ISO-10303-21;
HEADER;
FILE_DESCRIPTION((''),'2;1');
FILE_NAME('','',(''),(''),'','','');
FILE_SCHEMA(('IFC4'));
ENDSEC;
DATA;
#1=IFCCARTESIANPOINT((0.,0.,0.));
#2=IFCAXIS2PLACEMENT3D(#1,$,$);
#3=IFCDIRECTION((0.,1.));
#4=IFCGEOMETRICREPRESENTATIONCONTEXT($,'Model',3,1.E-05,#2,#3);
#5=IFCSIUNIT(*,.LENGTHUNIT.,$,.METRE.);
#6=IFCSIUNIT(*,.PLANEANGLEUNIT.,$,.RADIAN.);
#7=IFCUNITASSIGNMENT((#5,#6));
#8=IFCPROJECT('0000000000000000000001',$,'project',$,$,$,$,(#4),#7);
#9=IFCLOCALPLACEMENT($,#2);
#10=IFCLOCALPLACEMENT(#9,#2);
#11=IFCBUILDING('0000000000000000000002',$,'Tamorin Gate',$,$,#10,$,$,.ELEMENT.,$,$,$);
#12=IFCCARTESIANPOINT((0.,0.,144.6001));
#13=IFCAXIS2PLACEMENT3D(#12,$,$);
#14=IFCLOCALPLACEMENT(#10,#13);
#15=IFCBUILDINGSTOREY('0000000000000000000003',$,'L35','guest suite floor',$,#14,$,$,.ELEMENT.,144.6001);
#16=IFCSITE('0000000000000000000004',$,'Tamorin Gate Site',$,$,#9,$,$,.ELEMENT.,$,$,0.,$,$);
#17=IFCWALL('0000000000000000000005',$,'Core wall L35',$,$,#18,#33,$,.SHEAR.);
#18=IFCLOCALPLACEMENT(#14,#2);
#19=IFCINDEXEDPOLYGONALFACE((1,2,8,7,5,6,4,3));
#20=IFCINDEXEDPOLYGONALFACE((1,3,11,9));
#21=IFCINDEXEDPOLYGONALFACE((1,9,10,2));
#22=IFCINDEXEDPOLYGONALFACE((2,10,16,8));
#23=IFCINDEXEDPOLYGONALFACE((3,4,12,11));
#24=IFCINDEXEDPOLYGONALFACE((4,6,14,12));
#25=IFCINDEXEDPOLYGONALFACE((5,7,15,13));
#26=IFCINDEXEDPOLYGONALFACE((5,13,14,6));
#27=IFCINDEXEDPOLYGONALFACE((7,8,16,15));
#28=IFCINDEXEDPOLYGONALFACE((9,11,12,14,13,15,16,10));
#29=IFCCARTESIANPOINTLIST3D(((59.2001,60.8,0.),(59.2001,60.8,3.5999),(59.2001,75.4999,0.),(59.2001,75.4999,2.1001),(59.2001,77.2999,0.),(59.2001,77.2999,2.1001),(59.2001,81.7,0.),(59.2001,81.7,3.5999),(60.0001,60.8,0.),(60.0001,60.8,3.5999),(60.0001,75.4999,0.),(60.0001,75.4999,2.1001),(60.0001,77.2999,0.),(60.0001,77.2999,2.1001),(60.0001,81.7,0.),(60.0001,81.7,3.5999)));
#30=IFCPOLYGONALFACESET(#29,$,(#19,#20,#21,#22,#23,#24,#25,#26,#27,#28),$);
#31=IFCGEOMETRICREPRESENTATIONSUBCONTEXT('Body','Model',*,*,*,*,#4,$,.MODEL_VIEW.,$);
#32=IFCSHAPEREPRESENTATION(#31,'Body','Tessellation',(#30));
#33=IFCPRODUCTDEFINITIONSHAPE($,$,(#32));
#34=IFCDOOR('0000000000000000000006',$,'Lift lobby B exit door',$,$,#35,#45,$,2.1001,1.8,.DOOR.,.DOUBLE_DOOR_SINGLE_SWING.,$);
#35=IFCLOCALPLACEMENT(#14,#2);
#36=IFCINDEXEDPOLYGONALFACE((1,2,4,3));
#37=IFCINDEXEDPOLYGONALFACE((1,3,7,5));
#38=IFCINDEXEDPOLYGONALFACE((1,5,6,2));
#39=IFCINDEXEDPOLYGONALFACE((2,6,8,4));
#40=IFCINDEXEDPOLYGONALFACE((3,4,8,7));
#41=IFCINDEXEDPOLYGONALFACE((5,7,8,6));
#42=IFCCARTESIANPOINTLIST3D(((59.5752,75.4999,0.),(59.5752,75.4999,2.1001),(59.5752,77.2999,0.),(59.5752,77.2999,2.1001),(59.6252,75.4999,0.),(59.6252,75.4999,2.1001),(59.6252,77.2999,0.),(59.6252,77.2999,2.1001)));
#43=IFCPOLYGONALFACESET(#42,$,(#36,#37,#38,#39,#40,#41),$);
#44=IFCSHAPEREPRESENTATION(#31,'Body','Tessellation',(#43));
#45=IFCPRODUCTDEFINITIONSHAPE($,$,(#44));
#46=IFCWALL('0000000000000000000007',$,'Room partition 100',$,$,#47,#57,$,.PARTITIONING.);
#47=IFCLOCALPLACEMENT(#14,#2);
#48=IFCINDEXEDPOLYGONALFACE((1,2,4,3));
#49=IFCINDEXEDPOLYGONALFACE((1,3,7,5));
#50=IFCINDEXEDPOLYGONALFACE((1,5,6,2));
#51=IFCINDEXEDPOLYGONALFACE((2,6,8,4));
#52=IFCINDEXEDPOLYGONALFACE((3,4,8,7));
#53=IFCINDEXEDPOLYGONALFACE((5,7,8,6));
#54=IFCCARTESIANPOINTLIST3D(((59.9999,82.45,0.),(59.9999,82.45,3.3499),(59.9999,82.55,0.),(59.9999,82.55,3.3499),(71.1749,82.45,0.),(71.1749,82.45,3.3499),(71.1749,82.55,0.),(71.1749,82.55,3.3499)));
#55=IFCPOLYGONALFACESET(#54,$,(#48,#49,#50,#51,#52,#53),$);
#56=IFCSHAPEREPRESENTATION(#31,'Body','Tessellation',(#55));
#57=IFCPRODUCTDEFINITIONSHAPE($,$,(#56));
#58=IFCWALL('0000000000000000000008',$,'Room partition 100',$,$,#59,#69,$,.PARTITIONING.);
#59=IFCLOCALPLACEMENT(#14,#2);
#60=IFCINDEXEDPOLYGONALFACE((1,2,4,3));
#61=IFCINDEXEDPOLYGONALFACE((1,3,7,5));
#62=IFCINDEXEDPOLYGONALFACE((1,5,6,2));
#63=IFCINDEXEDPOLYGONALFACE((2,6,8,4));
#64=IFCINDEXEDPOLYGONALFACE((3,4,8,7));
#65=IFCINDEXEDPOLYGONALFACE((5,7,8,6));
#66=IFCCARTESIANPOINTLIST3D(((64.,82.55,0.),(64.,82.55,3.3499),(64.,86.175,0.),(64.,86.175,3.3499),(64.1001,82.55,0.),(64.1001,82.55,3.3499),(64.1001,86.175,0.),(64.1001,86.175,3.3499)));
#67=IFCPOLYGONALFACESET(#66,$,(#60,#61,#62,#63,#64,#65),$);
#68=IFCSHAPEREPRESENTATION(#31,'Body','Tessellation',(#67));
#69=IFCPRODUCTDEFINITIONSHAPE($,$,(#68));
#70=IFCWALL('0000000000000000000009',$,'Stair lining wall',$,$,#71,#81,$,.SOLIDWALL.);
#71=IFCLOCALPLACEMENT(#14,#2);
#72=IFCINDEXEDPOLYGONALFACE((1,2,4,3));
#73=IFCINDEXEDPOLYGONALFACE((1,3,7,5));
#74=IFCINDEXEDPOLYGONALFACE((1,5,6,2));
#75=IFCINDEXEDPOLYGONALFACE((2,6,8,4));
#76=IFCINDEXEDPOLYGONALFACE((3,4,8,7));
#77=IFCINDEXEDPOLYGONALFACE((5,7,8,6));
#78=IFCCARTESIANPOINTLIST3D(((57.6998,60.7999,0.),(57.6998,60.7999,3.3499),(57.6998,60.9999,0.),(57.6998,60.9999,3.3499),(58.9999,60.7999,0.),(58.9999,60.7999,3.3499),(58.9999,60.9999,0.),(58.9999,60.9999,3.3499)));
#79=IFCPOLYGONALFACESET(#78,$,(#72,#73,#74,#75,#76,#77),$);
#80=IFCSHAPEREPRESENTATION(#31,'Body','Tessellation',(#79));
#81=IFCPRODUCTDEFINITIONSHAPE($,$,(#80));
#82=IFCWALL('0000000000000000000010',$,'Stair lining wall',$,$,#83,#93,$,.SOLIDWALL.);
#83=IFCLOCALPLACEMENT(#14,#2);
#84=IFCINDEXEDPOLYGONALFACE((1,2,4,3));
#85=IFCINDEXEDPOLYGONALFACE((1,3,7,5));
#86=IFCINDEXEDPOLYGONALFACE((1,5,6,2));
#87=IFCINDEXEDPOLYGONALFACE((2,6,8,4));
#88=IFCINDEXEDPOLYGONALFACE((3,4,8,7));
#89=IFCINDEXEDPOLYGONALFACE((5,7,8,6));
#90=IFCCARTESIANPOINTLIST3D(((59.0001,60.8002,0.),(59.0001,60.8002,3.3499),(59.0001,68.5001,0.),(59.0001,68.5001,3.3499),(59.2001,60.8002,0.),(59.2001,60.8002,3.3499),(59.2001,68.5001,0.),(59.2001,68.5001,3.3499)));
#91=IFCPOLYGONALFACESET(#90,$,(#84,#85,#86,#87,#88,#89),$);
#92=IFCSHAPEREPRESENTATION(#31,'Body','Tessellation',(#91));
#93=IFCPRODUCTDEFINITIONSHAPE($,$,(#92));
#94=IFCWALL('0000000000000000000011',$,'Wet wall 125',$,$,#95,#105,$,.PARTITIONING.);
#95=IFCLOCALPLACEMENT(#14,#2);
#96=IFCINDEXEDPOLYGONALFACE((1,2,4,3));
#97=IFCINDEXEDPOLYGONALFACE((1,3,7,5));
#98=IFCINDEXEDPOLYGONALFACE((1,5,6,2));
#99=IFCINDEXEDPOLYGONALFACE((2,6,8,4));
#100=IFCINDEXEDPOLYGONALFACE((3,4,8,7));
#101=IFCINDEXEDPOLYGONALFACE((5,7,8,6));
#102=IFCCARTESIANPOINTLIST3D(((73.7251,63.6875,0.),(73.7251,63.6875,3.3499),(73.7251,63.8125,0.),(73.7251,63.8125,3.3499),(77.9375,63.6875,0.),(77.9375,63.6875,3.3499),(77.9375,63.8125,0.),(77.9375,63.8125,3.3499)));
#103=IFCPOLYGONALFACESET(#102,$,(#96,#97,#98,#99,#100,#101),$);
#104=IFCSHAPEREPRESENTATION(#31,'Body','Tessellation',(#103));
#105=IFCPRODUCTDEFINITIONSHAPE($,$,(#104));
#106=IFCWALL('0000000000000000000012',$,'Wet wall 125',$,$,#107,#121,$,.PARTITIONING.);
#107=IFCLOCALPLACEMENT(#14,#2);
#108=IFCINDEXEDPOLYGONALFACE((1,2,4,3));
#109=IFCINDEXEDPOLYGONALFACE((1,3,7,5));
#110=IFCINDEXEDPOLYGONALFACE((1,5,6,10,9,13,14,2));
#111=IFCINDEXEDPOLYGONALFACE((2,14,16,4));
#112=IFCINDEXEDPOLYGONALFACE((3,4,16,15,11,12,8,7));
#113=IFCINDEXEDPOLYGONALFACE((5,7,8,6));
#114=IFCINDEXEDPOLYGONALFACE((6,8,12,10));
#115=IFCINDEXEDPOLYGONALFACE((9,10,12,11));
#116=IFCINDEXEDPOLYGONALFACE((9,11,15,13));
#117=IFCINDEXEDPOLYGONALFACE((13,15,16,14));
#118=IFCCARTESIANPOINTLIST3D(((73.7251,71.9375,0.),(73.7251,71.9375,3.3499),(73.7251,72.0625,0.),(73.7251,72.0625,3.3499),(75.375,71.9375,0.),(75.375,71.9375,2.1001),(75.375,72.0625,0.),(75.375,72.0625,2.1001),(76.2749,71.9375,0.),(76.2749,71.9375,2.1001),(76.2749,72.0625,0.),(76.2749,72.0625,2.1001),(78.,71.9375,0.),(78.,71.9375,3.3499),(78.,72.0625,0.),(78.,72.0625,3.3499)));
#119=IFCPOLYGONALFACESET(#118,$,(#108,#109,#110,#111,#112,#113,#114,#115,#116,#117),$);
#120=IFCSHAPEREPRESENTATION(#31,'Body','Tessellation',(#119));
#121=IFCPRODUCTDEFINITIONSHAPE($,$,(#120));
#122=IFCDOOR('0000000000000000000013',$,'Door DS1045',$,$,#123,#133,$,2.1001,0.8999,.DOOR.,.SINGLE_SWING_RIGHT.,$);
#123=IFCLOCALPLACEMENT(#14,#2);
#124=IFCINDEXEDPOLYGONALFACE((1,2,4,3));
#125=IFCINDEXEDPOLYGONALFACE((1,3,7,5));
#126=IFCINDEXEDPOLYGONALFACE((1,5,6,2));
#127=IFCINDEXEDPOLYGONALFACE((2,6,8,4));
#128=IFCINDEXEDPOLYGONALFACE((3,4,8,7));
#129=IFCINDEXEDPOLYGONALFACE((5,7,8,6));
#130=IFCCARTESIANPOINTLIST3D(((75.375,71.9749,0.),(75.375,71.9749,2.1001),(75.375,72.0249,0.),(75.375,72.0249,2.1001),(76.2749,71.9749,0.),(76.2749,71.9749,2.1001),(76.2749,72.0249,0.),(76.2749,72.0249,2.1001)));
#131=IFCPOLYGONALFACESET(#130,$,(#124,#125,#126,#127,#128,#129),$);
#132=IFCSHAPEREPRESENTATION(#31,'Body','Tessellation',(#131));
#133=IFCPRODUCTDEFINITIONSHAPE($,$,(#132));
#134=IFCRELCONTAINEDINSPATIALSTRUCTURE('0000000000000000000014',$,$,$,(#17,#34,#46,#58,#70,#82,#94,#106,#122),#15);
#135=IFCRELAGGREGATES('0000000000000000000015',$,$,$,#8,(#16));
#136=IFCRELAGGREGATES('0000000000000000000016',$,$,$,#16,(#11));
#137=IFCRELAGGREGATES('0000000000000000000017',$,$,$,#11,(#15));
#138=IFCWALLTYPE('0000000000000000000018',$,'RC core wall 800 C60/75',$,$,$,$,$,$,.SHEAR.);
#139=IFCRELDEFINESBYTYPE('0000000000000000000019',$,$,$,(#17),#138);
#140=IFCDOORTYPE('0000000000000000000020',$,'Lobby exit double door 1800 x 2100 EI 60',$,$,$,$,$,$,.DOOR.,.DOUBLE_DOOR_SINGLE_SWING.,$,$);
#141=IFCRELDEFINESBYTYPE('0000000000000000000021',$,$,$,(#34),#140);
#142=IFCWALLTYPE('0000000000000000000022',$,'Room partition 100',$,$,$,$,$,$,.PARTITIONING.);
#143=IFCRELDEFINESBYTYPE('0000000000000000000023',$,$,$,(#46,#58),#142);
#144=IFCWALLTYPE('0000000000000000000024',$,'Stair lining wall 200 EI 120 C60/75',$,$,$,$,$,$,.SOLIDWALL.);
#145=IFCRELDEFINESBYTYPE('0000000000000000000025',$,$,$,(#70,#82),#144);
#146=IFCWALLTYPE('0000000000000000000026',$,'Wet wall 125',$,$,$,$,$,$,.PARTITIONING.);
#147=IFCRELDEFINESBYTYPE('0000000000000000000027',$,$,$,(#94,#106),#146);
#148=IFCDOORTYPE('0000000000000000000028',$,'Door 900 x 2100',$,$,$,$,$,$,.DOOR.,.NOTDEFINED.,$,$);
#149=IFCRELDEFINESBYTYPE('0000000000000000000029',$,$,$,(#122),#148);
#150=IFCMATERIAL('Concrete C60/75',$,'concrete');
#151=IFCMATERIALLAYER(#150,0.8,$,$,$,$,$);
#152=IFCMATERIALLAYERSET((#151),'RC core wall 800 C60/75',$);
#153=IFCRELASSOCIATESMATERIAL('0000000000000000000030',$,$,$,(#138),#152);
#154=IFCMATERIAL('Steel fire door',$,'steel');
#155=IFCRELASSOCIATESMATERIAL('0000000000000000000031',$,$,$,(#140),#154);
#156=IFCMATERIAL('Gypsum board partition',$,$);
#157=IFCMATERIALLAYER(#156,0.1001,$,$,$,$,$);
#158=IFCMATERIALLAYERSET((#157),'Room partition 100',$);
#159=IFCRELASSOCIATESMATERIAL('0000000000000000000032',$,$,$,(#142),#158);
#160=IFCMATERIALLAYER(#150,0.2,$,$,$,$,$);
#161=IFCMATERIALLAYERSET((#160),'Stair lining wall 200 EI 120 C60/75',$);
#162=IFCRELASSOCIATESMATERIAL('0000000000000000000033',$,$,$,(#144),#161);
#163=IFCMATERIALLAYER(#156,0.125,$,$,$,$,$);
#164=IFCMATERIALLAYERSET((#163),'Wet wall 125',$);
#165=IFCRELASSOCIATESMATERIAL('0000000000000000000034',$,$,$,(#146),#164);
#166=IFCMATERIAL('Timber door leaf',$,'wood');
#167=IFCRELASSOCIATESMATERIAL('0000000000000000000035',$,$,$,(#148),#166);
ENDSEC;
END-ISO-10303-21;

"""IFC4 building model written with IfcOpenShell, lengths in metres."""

from ifc_helpers import new_model, si_unit, direction, frame, frame_2d, origin, place, context, subcontext, project, spatial, rectangle, extrude, material, layer, layer_set, type_object, element, fill, save


model = new_model("IFC4")

# Units and contexts
model_context = context("Model", 3, precision=1e-05, world=origin(), true_north=direction((0.0, 1.0)))
body_context = subcontext(model_context, "Body", "Model", "MODEL_VIEW")
ifc_project = project(units=[si_unit("LENGTHUNIT", "METRE"), si_unit("PLANEANGLEUNIT", "RADIAN")], contexts=[model_context])

# Site, building, storey
site_placement = place(None, origin())
site = spatial("IfcSite", under=ifc_project, at=site_placement, Name="Tamorin Gate Site", CompositionType="ELEMENT", RefElevation=0.0)
building_placement = place(site_placement, origin())
building = spatial("IfcBuilding", under=site, at=building_placement, Name="Tamorin Gate", CompositionType="ELEMENT")
storey_placement = place(building_placement, frame((0.0, 0.0, 144.6001)))
storey = spatial("IfcBuildingStorey", under=building, at=storey_placement, Name="L35", Description="guest suite floor", CompositionType="ELEMENT", Elevation=144.6001)

# Shared definitions
ifc_material_1 = material(Name="Gypsum board partition")
ifc_material_2 = material(Name="Timber door leaf", Category="wood")

# Wall, opening, door
ifc_material_3 = material(Name="Concrete C60/75", Category="concrete")
ifc_layer_1 = layer(ifc_material_3, 0.8)
ifc_layer_set_1 = layer_set([ifc_layer_1], Name="RC core wall 800 C60/75")
wall_type_1 = type_object("IfcWallType", Name="RC core wall 800 C60/75", PredefinedType="SHEAR", material=ifc_layer_set_1)
wall_1_placement = place(storey_placement, frame((59.6001, 60.8, 0.0), z_axis=(0.0, 0.0, 1.0), x_axis=(0.0, 1.0, 0.0)))
wall_1 = element("IfcWall", 1, at=wall_1_placement, inside=storey, type_object=wall_type_1, Name="Core wall L35", PredefinedType="SHEAR", context=body_context, shape_type="SweptSolid", body=[
    extrude(rectangle(XDim=20.8999, YDim=0.8, at=frame_2d((10.45, 0.0))), origin(), (0.0, 0.0, 1.0), 3.5999),
])
opening_1_placement = place(wall_1_placement, frame((14.7, 0.0, 0.0)))
opening_1 = element("IfcOpeningElement", 2, at=opening_1_placement, cuts=wall_1, PredefinedType="OPENING", context=body_context, shape_type="SweptSolid", body=[
    extrude(rectangle(XDim=1.8, YDim=2.1001, at=frame_2d((0.8999, 1.05))), frame((0.0, 0.4099, 0.0), z_axis=(0.0, -1.0, 0.0), x_axis=(1.0, 0.0, 0.0)), (0.0, 0.0, 1.0), 0.8201),
])
ifc_material_4 = material(Name="Steel fire door", Category="steel")
door_type_1 = type_object("IfcDoorType", Name="Lobby exit double door 1800 x 2100 EI 60", OperationType="DOUBLE_DOOR_SINGLE_SWING", PredefinedType="DOOR", material=ifc_material_4)
door_1_placement = place(opening_1_placement, origin())
door_1 = element("IfcDoor", 3, at=door_1_placement, inside=storey, type_object=door_type_1, Name="Lift lobby B exit door", OperationType="DOUBLE_DOOR_SINGLE_SWING", OverallHeight=2.1001, OverallWidth=1.8, PredefinedType="DOOR", context=body_context, shape_type="SweptSolid", body=[
    extrude(rectangle(XDim=1.8, YDim=2.1001, at=frame_2d((0.8999, 1.05))), frame((0.0, 0.0249, 0.0), z_axis=(0.0, -1.0, 0.0), x_axis=(1.0, 0.0, 0.0)), (0.0, 0.0, 1.0), 0.05),
])
fill(opening_1, door_1)

# Walls
ifc_layer_2 = layer(ifc_material_1, 0.1001)
ifc_layer_set_2 = layer_set([ifc_layer_2], Name="Room partition 100")
wall_type_2 = type_object("IfcWallType", Name="Room partition 100", PredefinedType="PARTITIONING", material=ifc_layer_set_2)
wall_2_placement = place(storey_placement, frame((60.0, 82.5, 0.0), z_axis=(0.0, 0.0, 1.0), x_axis=(1.0, 0.0, 0.0)))
element("IfcWall", 4, at=wall_2_placement, inside=storey, type_object=wall_type_2, Name="Room partition 100", PredefinedType="PARTITIONING", context=body_context, shape_type="SweptSolid", body=[
    extrude(rectangle(XDim=11.175, YDim=0.1001, at=frame_2d((5.5874, 0.0))), origin(), (0.0, 0.0, 1.0), 3.3499),
])
wall_3_placement = place(storey_placement, frame((64.05, 82.55, 0.0), z_axis=(0.0, 0.0, 1.0), x_axis=(0.0, 1.0, 0.0)))
element("IfcWall", 5, at=wall_3_placement, inside=storey, type_object=wall_type_2, Name="Room partition 100", PredefinedType="PARTITIONING", context=body_context, shape_type="SweptSolid", body=[
    extrude(rectangle(XDim=3.625, YDim=0.1001, at=frame_2d((1.8125, 0.0))), origin(), (0.0, 0.0, 1.0), 3.3499),
])
ifc_layer_3 = layer(ifc_material_3, 0.2)
ifc_layer_set_3 = layer_set([ifc_layer_3], Name="Stair lining wall 200 EI 120 C60/75")
wall_type_3 = type_object("IfcWallType", Name="Stair lining wall 200 EI 120 C60/75", PredefinedType="SOLIDWALL", material=ifc_layer_set_3)
wall_4_placement = place(storey_placement, frame((57.7, 60.8999, 0.0), z_axis=(0.0, 0.0, 1.0), x_axis=(1.0, 0.0, 0.0)))
element("IfcWall", 6, at=wall_4_placement, inside=storey, type_object=wall_type_3, Name="Stair lining wall", PredefinedType="SOLIDWALL", context=body_context, shape_type="SweptSolid", body=[
    extrude(rectangle(XDim=1.3, YDim=0.2, at=frame_2d((0.6499, 0.0))), origin(), (0.0, 0.0, 1.0), 3.3499),
])
wall_5_placement = place(storey_placement, frame((59.1001, 60.8, 0.0), z_axis=(0.0, 0.0, 1.0), x_axis=(0.0, 1.0, 0.0)))
element("IfcWall", 7, at=wall_5_placement, inside=storey, type_object=wall_type_3, Name="Stair lining wall", PredefinedType="SOLIDWALL", context=body_context, shape_type="SweptSolid", body=[
    extrude(rectangle(XDim=7.7, YDim=0.2, at=frame_2d((3.8501, 0.0))), origin(), (0.0, 0.0, 1.0), 3.3499),
])
ifc_layer_4 = layer(ifc_material_1, 0.125)
ifc_layer_set_4 = layer_set([ifc_layer_4], Name="Wet wall 125")
wall_type_4 = type_object("IfcWallType", Name="Wet wall 125", PredefinedType="PARTITIONING", material=ifc_layer_set_4)
wall_6_placement = place(storey_placement, frame((73.7251, 63.75, 0.0), z_axis=(0.0, 0.0, 1.0), x_axis=(1.0, 0.0, 0.0)))
element("IfcWall", 8, at=wall_6_placement, inside=storey, type_object=wall_type_4, Name="Wet wall 125", PredefinedType="PARTITIONING", context=body_context, shape_type="SweptSolid", body=[
    extrude(rectangle(XDim=4.2124, YDim=0.125, at=frame_2d((2.1062, 0.0))), origin(), (0.0, 0.0, 1.0), 3.3499),
])

# Wall, opening, door
wall_7_placement = place(storey_placement, frame((73.7251, 72.0, 0.0), z_axis=(0.0, 0.0, 1.0), x_axis=(1.0, 0.0, 0.0)))
wall_7 = element("IfcWall", 9, at=wall_7_placement, inside=storey, type_object=wall_type_4, Name="Wet wall 125", PredefinedType="PARTITIONING", context=body_context, shape_type="SweptSolid", body=[
    extrude(rectangle(XDim=4.2749, YDim=0.125, at=frame_2d((2.1375, 0.0))), origin(), (0.0, 0.0, 1.0), 3.3499),
])
opening_2_placement = place(wall_7_placement, frame((1.6499, 0.0, 0.0)))
opening_2 = element("IfcOpeningElement", 10, at=opening_2_placement, cuts=wall_7, PredefinedType="OPENING", context=body_context, shape_type="SweptSolid", body=[
    extrude(rectangle(XDim=0.8999, YDim=2.1001, at=frame_2d((0.45, 1.05))), frame((0.0, 0.0725, 0.0), z_axis=(0.0, -1.0, 0.0), x_axis=(1.0, 0.0, 0.0)), (0.0, 0.0, 1.0), 0.145),
])
door_type_2 = type_object("IfcDoorType", Name="Door 900 x 2100", OperationType="NOTDEFINED", PredefinedType="DOOR", material=ifc_material_2)
door_2_placement = place(opening_2_placement, origin())
door_2 = element("IfcDoor", 11, at=door_2_placement, inside=storey, type_object=door_type_2, Name="Door DS1045", OperationType="SINGLE_SWING_RIGHT", OverallHeight=2.1001, OverallWidth=0.8999, PredefinedType="DOOR", context=body_context, shape_type="SweptSolid", body=[
    extrude(rectangle(XDim=0.8999, YDim=2.1001, at=frame_2d((0.45, 1.05))), frame((0.0, 0.0249, 0.0), z_axis=(0.0, -1.0, 0.0), x_axis=(1.0, 0.0, 0.0)), (0.0, 0.0, 1.0), 0.05),
])
fill(opening_2, door_2)

save(model, "model.ifc")
